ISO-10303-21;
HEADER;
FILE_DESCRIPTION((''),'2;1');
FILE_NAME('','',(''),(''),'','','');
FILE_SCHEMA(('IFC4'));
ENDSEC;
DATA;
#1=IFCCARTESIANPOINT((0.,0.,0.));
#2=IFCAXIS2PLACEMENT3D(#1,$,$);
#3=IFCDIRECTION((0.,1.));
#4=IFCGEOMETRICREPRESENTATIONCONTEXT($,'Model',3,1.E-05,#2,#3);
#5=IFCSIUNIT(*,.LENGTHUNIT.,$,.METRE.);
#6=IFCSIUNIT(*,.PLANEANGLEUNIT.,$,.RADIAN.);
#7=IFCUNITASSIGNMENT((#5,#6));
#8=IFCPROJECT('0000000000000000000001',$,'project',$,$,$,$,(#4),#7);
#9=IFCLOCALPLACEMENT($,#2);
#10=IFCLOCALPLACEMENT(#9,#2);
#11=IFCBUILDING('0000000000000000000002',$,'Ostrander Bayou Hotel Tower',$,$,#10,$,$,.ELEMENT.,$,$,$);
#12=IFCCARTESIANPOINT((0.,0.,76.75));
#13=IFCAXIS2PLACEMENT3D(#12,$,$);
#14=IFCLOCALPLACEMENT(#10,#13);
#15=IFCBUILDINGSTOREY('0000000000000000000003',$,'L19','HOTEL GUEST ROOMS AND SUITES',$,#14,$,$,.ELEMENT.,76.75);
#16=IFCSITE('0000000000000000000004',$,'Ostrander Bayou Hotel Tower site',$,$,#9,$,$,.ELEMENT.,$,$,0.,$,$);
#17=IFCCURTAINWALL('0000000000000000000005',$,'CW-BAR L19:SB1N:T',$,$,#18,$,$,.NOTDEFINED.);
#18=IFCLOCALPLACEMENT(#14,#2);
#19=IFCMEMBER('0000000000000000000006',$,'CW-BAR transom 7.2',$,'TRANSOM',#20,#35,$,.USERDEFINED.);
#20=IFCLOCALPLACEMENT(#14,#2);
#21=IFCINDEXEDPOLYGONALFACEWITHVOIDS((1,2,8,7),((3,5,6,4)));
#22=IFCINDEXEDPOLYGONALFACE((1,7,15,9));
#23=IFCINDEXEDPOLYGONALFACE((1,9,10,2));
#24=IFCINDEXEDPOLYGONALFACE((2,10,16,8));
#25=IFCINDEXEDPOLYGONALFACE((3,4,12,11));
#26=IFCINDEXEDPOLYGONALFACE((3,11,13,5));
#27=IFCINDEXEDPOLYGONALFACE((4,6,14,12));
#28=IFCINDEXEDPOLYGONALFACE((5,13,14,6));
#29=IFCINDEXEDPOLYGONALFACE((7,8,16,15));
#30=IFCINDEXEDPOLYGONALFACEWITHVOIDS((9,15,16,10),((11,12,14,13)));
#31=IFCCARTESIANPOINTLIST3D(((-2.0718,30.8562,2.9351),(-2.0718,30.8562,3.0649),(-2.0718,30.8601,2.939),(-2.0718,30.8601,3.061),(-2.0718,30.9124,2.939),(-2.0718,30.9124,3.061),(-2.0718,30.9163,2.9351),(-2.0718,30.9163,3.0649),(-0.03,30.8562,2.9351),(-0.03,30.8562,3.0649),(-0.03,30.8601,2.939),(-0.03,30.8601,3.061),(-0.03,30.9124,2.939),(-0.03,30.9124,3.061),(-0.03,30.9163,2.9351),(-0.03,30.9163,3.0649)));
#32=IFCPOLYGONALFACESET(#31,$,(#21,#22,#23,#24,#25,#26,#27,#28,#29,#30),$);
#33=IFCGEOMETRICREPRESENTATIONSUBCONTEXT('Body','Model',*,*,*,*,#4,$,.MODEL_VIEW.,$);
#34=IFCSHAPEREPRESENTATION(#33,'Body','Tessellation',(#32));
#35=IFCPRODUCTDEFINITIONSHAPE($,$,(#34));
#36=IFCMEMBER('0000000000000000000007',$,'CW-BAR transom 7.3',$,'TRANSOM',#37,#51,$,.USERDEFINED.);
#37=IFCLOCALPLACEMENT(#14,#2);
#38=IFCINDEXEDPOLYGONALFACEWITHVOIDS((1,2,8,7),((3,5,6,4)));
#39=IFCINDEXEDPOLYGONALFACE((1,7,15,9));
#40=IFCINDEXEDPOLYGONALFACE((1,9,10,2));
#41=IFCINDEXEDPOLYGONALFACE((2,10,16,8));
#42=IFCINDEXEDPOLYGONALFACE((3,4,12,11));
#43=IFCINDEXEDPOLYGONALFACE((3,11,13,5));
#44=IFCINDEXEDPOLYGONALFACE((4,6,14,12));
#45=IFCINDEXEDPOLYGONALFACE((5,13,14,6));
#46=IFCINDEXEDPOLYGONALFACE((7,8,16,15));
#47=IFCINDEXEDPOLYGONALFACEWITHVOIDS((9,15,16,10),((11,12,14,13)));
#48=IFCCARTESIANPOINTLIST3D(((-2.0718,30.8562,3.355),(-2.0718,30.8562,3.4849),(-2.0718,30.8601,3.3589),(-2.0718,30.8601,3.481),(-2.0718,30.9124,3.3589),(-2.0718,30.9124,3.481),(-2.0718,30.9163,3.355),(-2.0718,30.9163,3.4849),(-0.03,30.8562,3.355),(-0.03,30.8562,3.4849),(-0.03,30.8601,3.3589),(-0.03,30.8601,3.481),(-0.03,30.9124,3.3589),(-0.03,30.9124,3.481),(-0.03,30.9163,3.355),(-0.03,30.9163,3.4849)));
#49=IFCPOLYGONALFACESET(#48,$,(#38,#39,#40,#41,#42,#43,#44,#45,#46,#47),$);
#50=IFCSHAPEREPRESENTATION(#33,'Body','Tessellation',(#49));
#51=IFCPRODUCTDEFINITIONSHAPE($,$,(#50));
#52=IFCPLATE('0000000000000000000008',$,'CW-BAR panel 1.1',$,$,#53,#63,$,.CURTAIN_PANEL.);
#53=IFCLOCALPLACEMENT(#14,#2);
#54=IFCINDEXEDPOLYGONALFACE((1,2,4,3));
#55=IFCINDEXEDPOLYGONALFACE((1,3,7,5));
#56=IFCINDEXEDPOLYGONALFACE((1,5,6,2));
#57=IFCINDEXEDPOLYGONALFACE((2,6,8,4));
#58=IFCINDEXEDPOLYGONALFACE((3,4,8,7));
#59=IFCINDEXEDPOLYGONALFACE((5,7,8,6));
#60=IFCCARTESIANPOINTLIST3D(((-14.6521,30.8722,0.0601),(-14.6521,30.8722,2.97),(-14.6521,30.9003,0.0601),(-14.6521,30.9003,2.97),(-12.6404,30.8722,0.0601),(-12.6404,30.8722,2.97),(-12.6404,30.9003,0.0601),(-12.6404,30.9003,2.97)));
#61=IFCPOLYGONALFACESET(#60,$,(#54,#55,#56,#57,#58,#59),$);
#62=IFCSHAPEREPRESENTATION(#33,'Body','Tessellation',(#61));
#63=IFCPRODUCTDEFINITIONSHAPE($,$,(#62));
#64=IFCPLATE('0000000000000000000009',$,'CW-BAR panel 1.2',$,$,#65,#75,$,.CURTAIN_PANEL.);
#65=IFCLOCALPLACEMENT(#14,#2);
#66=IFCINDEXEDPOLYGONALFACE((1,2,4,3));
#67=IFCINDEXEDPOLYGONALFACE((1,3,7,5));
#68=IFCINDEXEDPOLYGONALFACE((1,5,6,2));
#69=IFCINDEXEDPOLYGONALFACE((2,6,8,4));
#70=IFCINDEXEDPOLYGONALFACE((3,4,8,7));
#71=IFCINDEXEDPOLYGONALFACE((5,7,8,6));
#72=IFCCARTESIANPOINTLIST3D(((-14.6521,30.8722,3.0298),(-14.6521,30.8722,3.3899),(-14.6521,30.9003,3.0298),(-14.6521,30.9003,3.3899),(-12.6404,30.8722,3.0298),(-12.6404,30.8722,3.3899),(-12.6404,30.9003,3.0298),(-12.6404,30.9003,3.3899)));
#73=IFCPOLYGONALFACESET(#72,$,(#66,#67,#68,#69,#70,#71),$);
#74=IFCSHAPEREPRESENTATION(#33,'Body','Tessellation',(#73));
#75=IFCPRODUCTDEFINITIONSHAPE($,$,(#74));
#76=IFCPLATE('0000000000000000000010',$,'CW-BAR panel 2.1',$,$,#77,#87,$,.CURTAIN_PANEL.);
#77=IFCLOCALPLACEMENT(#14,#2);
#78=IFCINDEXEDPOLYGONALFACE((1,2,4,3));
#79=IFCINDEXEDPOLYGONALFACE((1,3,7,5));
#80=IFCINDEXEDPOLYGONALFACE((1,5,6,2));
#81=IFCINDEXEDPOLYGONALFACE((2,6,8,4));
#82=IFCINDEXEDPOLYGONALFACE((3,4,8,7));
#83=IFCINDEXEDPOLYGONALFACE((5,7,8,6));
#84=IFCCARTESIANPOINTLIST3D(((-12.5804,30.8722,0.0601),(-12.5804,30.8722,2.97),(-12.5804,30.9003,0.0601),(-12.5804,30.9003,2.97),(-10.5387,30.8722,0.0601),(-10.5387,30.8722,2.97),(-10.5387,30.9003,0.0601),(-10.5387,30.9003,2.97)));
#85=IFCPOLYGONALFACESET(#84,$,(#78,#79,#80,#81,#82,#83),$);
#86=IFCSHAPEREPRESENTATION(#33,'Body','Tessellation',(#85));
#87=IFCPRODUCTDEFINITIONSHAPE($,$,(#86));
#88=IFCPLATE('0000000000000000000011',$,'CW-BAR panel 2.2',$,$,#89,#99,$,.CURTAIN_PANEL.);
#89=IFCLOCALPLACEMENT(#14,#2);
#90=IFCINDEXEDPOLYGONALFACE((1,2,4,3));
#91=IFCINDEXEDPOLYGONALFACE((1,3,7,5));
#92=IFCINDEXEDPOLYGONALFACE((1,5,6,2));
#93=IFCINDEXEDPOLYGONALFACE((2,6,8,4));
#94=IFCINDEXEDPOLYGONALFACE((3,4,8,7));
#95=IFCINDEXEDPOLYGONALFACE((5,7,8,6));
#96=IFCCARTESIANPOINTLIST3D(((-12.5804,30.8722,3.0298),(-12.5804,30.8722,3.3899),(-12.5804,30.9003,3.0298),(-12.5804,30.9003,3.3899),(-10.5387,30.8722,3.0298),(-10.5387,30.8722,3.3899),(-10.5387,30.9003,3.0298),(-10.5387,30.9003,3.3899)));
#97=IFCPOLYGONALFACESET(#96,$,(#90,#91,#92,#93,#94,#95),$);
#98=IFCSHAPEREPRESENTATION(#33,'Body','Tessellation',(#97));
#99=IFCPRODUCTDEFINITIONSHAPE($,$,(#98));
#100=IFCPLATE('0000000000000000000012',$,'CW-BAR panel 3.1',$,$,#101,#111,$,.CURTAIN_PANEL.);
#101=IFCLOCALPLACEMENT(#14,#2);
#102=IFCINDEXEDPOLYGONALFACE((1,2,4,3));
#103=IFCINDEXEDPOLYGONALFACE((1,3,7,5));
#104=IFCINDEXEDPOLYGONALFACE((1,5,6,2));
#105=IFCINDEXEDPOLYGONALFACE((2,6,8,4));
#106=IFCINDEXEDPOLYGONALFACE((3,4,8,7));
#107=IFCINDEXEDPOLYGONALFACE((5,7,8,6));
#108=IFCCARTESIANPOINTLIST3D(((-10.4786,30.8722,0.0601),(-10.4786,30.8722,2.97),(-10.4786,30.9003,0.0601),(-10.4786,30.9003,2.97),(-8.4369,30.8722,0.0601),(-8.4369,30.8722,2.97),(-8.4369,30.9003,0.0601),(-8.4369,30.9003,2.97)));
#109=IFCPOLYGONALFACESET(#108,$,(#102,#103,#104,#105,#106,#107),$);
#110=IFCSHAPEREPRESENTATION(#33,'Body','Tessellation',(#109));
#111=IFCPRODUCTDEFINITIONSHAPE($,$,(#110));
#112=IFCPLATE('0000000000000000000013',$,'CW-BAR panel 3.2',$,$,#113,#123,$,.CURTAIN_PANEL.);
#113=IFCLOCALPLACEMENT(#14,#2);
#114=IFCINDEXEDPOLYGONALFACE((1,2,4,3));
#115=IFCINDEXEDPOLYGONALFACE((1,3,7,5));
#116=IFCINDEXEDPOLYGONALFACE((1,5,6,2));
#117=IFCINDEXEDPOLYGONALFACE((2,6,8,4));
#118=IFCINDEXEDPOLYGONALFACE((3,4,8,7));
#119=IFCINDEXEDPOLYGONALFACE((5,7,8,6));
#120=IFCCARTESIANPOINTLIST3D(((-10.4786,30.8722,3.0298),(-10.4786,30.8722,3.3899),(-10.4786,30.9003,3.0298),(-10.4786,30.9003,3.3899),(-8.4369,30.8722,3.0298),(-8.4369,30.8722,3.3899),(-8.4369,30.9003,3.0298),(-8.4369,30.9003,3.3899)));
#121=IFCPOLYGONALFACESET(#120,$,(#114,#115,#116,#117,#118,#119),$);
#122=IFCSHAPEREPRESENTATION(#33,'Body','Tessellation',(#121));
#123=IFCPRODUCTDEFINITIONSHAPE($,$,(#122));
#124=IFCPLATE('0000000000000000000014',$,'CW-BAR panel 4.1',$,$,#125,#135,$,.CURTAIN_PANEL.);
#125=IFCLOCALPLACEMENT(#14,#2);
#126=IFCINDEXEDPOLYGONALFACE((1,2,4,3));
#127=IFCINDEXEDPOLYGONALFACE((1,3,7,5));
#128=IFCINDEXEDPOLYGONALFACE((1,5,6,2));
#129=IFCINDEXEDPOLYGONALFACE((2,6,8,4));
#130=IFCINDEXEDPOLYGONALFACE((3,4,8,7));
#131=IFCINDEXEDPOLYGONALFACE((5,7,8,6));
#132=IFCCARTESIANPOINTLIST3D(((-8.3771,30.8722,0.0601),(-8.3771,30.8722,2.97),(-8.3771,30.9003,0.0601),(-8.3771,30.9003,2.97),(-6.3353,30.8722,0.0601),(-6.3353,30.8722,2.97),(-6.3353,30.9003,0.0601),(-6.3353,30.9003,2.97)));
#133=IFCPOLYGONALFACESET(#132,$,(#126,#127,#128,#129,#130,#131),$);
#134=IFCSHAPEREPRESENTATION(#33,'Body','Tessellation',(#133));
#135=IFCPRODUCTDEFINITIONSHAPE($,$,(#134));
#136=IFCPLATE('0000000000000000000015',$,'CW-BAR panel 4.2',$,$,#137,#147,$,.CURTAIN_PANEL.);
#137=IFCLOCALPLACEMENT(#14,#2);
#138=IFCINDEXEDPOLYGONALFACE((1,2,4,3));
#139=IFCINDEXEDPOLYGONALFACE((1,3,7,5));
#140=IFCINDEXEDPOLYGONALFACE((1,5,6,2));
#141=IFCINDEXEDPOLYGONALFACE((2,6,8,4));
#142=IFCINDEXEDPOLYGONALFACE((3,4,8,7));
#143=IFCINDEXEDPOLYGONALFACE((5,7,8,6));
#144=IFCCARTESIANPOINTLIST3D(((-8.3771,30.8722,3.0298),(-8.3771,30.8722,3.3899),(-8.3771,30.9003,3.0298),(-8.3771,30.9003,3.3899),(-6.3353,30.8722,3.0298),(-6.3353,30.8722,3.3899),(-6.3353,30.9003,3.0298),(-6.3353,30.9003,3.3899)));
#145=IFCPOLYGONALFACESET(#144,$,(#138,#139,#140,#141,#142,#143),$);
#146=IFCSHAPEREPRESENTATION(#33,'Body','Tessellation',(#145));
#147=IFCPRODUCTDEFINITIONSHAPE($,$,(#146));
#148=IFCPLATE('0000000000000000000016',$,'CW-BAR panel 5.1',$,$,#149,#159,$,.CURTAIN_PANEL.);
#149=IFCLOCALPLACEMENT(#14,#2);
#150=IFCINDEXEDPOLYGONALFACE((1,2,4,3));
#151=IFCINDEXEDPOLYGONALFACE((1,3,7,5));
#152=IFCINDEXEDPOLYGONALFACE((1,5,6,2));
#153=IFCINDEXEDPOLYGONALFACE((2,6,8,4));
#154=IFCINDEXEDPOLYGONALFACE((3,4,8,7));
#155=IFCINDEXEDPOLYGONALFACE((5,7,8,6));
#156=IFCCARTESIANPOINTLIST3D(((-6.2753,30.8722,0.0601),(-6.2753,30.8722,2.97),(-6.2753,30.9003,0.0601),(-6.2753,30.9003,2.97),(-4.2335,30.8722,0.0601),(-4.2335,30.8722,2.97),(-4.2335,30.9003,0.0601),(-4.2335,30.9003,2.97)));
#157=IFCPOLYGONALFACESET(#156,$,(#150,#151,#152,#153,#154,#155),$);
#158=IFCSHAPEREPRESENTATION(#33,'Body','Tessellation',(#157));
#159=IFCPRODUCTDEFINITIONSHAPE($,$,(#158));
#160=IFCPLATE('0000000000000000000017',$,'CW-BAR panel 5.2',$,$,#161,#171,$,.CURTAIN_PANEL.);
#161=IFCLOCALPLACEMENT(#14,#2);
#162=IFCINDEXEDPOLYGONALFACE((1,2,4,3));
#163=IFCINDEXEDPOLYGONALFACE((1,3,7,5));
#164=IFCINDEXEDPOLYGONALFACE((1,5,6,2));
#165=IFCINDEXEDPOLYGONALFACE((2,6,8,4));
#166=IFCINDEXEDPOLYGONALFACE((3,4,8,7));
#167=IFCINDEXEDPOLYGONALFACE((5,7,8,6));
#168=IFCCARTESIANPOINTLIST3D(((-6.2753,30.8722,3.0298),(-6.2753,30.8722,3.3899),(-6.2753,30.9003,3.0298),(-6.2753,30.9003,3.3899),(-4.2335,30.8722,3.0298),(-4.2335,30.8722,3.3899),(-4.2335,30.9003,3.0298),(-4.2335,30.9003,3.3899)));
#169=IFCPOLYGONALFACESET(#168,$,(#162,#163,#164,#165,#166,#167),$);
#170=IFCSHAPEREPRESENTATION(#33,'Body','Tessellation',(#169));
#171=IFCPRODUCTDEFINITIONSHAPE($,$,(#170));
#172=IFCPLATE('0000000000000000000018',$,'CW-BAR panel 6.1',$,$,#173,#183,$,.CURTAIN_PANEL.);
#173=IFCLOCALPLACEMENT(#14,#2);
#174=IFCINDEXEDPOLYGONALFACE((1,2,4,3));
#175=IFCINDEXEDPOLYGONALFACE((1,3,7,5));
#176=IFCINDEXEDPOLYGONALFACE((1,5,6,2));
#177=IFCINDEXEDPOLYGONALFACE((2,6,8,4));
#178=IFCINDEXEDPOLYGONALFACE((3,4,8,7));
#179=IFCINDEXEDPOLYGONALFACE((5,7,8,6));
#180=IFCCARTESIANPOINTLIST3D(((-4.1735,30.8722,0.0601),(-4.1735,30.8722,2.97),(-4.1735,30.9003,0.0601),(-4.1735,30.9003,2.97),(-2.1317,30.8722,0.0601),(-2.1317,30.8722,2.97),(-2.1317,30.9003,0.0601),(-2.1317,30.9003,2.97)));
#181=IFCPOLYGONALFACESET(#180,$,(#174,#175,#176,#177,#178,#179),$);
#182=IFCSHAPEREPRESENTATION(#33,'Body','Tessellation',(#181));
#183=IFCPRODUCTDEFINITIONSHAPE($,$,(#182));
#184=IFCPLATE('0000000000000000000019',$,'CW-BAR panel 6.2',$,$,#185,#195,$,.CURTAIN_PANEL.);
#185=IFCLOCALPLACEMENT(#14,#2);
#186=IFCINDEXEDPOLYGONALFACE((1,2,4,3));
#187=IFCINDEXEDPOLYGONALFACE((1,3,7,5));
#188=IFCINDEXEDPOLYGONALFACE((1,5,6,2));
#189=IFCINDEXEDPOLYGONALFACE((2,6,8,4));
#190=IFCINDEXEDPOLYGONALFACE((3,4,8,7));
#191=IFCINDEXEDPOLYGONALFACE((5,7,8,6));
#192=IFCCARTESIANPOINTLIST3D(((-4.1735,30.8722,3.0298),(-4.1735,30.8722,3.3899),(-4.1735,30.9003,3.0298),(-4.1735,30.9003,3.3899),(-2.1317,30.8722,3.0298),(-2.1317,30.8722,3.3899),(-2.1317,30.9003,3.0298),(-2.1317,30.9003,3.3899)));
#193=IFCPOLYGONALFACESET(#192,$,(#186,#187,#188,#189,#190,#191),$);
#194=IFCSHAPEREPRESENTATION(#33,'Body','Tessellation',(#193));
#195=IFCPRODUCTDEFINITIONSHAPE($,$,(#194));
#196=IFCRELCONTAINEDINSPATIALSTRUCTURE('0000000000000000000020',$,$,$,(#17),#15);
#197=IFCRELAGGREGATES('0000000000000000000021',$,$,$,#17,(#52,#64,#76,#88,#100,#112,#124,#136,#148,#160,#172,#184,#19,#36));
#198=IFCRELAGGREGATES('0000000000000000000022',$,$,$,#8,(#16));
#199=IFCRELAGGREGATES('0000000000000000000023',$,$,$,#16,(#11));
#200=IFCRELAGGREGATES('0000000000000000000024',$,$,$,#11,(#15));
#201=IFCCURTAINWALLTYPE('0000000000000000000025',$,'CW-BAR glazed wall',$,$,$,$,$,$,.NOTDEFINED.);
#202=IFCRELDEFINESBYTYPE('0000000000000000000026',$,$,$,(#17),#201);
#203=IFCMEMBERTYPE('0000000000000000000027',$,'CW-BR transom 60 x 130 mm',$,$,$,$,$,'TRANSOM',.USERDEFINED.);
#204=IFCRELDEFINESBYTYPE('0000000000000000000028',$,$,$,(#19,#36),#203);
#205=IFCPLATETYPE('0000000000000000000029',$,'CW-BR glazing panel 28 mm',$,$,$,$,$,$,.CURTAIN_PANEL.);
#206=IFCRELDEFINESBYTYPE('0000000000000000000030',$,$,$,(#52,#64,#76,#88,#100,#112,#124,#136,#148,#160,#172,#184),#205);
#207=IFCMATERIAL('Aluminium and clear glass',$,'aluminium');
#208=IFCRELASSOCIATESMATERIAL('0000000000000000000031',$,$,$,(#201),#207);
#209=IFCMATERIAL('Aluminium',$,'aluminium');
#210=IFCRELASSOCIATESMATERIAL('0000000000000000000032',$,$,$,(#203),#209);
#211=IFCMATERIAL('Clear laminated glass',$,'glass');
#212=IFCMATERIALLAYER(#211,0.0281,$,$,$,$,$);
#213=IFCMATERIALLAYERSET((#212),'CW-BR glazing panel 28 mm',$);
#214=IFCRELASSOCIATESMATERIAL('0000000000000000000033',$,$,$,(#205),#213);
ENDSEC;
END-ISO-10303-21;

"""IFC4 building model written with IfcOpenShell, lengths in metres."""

from ifc_helpers import new_model, si_unit, direction, frame, origin, origin_2d, place, context, subcontext, project, spatial, rectangle, hollow_rectangle, extrude, material, layer, layer_set, material_profile, profile_set, type_object, element, aggregate, save


model = new_model("IFC4")

# Units and contexts
model_context = context("Model", 3, precision=1e-05, world=origin(), true_north=direction((0.0, 1.0)))
body_context = subcontext(model_context, "Body", "Model", "MODEL_VIEW")
ifc_project = project(units=[si_unit("LENGTHUNIT", "METRE"), si_unit("PLANEANGLEUNIT", "RADIAN")], contexts=[model_context])

# Site, building, storey
site_placement = place(None, origin())
site = spatial("IfcSite", under=ifc_project, at=site_placement, Name="Ostrander Bayou Hotel Tower site", CompositionType="ELEMENT", RefElevation=0.0)
building_placement = place(site_placement, origin())
building = spatial("IfcBuilding", under=site, at=building_placement, Name="Ostrander Bayou Hotel Tower", CompositionType="ELEMENT")
storey_placement = place(building_placement, frame((0.0, 0.0, 76.75)))
storey = spatial("IfcBuildingStorey", under=building, at=storey_placement, Name="L19", Description="HOTEL GUEST ROOMS AND SUITES", CompositionType="ELEMENT", Elevation=76.75)

# Curtain wall, members, plates
ifc_material_1 = material(Name="Aluminium and clear glass", Category="aluminium")
curtain_wall_type = type_object("IfcCurtainWallType", Name="CW-BAR glazed wall", PredefinedType="NOTDEFINED", material=ifc_material_1)
curtain_wall_placement = place(storey_placement, origin())
curtain_wall = element("IfcCurtainWall", 1, at=curtain_wall_placement, inside=storey, type_object=curtain_wall_type, Name="CW-BAR L19:SB1N:T", PredefinedType="NOTDEFINED")
ifc_material_2 = material(Name="Aluminium", Category="aluminium")
ifc_material_profile_1 = material_profile(ifc_material_2, hollow_rectangle(XDim=0.0601, YDim=0.1299, WallThickness=0.0039, at=origin_2d()))
ifc_profile_set_1 = profile_set([ifc_material_profile_1], Name="Aluminium")
member_type_1 = type_object("IfcMemberType", Name="CW-BR transom 60 x 130 mm", ElementType="TRANSOM", PredefinedType="USERDEFINED", material=ifc_profile_set_1)
member_1_placement = place(storey_placement, frame((-2.0718, 30.8862, 3.0), z_axis=(1.0, 0.0, 0.0), x_axis=(0.0, 1.0, 0.0)))
member_1 = element("IfcMember", 2, at=member_1_placement, type_object=member_type_1, Name="CW-BAR transom 7.2", ObjectType="TRANSOM", PredefinedType="USERDEFINED", context=body_context, shape_type="SweptSolid", body=[
    extrude(hollow_rectangle(XDim=0.0601, YDim=0.1299, WallThickness=0.0039, at=origin_2d()), origin(), (0.0, 0.0, 1.0), 2.0417),
])
member_2_placement = place(storey_placement, frame((-2.0718, 30.8862, 3.4199), z_axis=(1.0, 0.0, 0.0), x_axis=(0.0, 1.0, 0.0)))
member_2 = element("IfcMember", 3, at=member_2_placement, type_object=member_type_1, Name="CW-BAR transom 7.3", ObjectType="TRANSOM", PredefinedType="USERDEFINED", context=body_context, shape_type="SweptSolid", body=[
    extrude(hollow_rectangle(XDim=0.0601, YDim=0.1299, WallThickness=0.0039, at=origin_2d()), origin(), (0.0, 0.0, 1.0), 2.0417),
])
ifc_material_3 = material(Name="Clear laminated glass", Category="glass")
ifc_layer = layer(ifc_material_3, 0.0281)
ifc_layer_set = layer_set([ifc_layer], Name="CW-BR glazing panel 28 mm")
plate_type = type_object("IfcPlateType", Name="CW-BR glazing panel 28 mm", PredefinedType="CURTAIN_PANEL", material=ifc_layer_set)
plate_1_placement = place(storey_placement, frame((-13.6462, 30.8862, 0.0601), z_axis=(0.0, 0.0, 1.0), x_axis=(1.0, 0.0, 0.0)))
plate_1 = element("IfcPlate", 4, at=plate_1_placement, type_object=plate_type, Name="CW-BAR panel 1.1", PredefinedType="CURTAIN_PANEL", context=body_context, shape_type="SweptSolid", body=[
    extrude(rectangle(XDim=2.0117, YDim=0.0281, at=origin_2d()), origin(), (0.0, 0.0, 1.0), 2.9099),
])
plate_2_placement = place(storey_placement, frame((-13.6462, 30.8862, 3.0298), z_axis=(0.0, 0.0, 1.0), x_axis=(1.0, 0.0, 0.0)))
plate_2 = element("IfcPlate", 5, at=plate_2_placement, type_object=plate_type, Name="CW-BAR panel 1.2", PredefinedType="CURTAIN_PANEL", context=body_context, shape_type="SweptSolid", body=[
    extrude(rectangle(XDim=2.0117, YDim=0.0281, at=origin_2d()), origin(), (0.0, 0.0, 1.0), 0.3601),
])
plate_3_placement = place(storey_placement, frame((-11.5596, 30.8862, 0.0601), z_axis=(0.0, 0.0, 1.0), x_axis=(1.0, 0.0, 0.0)))
plate_3 = element("IfcPlate", 6, at=plate_3_placement, type_object=plate_type, Name="CW-BAR panel 2.1", PredefinedType="CURTAIN_PANEL", context=body_context, shape_type="SweptSolid", body=[
    extrude(rectangle(XDim=2.0417, YDim=0.0281, at=origin_2d()), origin(), (0.0, 0.0, 1.0), 2.9099),
])
plate_4_placement = place(storey_placement, frame((-11.5596, 30.8862, 3.0298), z_axis=(0.0, 0.0, 1.0), x_axis=(1.0, 0.0, 0.0)))
plate_4 = element("IfcPlate", 7, at=plate_4_placement, type_object=plate_type, Name="CW-BAR panel 2.2", PredefinedType="CURTAIN_PANEL", context=body_context, shape_type="SweptSolid", body=[
    extrude(rectangle(XDim=2.0417, YDim=0.0281, at=origin_2d()), origin(), (0.0, 0.0, 1.0), 0.3601),
])
plate_5_placement = place(storey_placement, frame((-9.4578, 30.8862, 0.0601), z_axis=(0.0, 0.0, 1.0), x_axis=(1.0, 0.0, 0.0)))
plate_5 = element("IfcPlate", 8, at=plate_5_placement, type_object=plate_type, Name="CW-BAR panel 3.1", PredefinedType="CURTAIN_PANEL", context=body_context, shape_type="SweptSolid", body=[
    extrude(rectangle(XDim=2.0417, YDim=0.0281, at=origin_2d()), origin(), (0.0, 0.0, 1.0), 2.9099),
])
plate_6_placement = place(storey_placement, frame((-9.4578, 30.8862, 3.0298), z_axis=(0.0, 0.0, 1.0), x_axis=(1.0, 0.0, 0.0)))
plate_6 = element("IfcPlate", 9, at=plate_6_placement, type_object=plate_type, Name="CW-BAR panel 3.2", PredefinedType="CURTAIN_PANEL", context=body_context, shape_type="SweptSolid", body=[
    extrude(rectangle(XDim=2.0417, YDim=0.0281, at=origin_2d()), origin(), (0.0, 0.0, 1.0), 0.3601),
])
plate_7_placement = place(storey_placement, frame((-7.3562, 30.8862, 0.0601), z_axis=(0.0, 0.0, 1.0), x_axis=(1.0, 0.0, 0.0)))
plate_7 = element("IfcPlate", 10, at=plate_7_placement, type_object=plate_type, Name="CW-BAR panel 4.1", PredefinedType="CURTAIN_PANEL", context=body_context, shape_type="SweptSolid", body=[
    extrude(rectangle(XDim=2.0417, YDim=0.0281, at=origin_2d()), origin(), (0.0, 0.0, 1.0), 2.9099),
])
plate_8_placement = place(storey_placement, frame((-7.3562, 30.8862, 3.0298), z_axis=(0.0, 0.0, 1.0), x_axis=(1.0, 0.0, 0.0)))
plate_8 = element("IfcPlate", 11, at=plate_8_placement, type_object=plate_type, Name="CW-BAR panel 4.2", PredefinedType="CURTAIN_PANEL", context=body_context, shape_type="SweptSolid", body=[
    extrude(rectangle(XDim=2.0417, YDim=0.0281, at=origin_2d()), origin(), (0.0, 0.0, 1.0), 0.3601),
])
plate_9_placement = place(storey_placement, frame((-5.2544, 30.8862, 0.0601), z_axis=(0.0, 0.0, 1.0), x_axis=(1.0, 0.0, 0.0)))
plate_9 = element("IfcPlate", 12, at=plate_9_placement, type_object=plate_type, Name="CW-BAR panel 5.1", PredefinedType="CURTAIN_PANEL", context=body_context, shape_type="SweptSolid", body=[
    extrude(rectangle(XDim=2.0417, YDim=0.0281, at=origin_2d()), origin(), (0.0, 0.0, 1.0), 2.9099),
])
plate_10_placement = place(storey_placement, frame((-5.2544, 30.8862, 3.0298), z_axis=(0.0, 0.0, 1.0), x_axis=(1.0, 0.0, 0.0)))
plate_10 = element("IfcPlate", 13, at=plate_10_placement, type_object=plate_type, Name="CW-BAR panel 5.2", PredefinedType="CURTAIN_PANEL", context=body_context, shape_type="SweptSolid", body=[
    extrude(rectangle(XDim=2.0417, YDim=0.0281, at=origin_2d()), origin(), (0.0, 0.0, 1.0), 0.3601),
])
plate_11_placement = place(storey_placement, frame((-3.1526, 30.8862, 0.0601), z_axis=(0.0, 0.0, 1.0), x_axis=(1.0, 0.0, 0.0)))
plate_11 = element("IfcPlate", 14, at=plate_11_placement, type_object=plate_type, Name="CW-BAR panel 6.1", PredefinedType="CURTAIN_PANEL", context=body_context, shape_type="SweptSolid", body=[
    extrude(rectangle(XDim=2.0417, YDim=0.0281, at=origin_2d()), origin(), (0.0, 0.0, 1.0), 2.9099),
])
plate_12_placement = place(storey_placement, frame((-3.1526, 30.8862, 3.0298), z_axis=(0.0, 0.0, 1.0), x_axis=(1.0, 0.0, 0.0)))
plate_12 = element("IfcPlate", 15, at=plate_12_placement, type_object=plate_type, Name="CW-BAR panel 6.2", PredefinedType="CURTAIN_PANEL", context=body_context, shape_type="SweptSolid", body=[
    extrude(rectangle(XDim=2.0417, YDim=0.0281, at=origin_2d()), origin(), (0.0, 0.0, 1.0), 0.3601),
])
aggregate(curtain_wall, [plate_1, plate_2, plate_3, plate_4, plate_5, plate_6, plate_7, plate_8, plate_9, plate_10, plate_11, plate_12, member_1, member_2])

save(model, "model.ifc")
